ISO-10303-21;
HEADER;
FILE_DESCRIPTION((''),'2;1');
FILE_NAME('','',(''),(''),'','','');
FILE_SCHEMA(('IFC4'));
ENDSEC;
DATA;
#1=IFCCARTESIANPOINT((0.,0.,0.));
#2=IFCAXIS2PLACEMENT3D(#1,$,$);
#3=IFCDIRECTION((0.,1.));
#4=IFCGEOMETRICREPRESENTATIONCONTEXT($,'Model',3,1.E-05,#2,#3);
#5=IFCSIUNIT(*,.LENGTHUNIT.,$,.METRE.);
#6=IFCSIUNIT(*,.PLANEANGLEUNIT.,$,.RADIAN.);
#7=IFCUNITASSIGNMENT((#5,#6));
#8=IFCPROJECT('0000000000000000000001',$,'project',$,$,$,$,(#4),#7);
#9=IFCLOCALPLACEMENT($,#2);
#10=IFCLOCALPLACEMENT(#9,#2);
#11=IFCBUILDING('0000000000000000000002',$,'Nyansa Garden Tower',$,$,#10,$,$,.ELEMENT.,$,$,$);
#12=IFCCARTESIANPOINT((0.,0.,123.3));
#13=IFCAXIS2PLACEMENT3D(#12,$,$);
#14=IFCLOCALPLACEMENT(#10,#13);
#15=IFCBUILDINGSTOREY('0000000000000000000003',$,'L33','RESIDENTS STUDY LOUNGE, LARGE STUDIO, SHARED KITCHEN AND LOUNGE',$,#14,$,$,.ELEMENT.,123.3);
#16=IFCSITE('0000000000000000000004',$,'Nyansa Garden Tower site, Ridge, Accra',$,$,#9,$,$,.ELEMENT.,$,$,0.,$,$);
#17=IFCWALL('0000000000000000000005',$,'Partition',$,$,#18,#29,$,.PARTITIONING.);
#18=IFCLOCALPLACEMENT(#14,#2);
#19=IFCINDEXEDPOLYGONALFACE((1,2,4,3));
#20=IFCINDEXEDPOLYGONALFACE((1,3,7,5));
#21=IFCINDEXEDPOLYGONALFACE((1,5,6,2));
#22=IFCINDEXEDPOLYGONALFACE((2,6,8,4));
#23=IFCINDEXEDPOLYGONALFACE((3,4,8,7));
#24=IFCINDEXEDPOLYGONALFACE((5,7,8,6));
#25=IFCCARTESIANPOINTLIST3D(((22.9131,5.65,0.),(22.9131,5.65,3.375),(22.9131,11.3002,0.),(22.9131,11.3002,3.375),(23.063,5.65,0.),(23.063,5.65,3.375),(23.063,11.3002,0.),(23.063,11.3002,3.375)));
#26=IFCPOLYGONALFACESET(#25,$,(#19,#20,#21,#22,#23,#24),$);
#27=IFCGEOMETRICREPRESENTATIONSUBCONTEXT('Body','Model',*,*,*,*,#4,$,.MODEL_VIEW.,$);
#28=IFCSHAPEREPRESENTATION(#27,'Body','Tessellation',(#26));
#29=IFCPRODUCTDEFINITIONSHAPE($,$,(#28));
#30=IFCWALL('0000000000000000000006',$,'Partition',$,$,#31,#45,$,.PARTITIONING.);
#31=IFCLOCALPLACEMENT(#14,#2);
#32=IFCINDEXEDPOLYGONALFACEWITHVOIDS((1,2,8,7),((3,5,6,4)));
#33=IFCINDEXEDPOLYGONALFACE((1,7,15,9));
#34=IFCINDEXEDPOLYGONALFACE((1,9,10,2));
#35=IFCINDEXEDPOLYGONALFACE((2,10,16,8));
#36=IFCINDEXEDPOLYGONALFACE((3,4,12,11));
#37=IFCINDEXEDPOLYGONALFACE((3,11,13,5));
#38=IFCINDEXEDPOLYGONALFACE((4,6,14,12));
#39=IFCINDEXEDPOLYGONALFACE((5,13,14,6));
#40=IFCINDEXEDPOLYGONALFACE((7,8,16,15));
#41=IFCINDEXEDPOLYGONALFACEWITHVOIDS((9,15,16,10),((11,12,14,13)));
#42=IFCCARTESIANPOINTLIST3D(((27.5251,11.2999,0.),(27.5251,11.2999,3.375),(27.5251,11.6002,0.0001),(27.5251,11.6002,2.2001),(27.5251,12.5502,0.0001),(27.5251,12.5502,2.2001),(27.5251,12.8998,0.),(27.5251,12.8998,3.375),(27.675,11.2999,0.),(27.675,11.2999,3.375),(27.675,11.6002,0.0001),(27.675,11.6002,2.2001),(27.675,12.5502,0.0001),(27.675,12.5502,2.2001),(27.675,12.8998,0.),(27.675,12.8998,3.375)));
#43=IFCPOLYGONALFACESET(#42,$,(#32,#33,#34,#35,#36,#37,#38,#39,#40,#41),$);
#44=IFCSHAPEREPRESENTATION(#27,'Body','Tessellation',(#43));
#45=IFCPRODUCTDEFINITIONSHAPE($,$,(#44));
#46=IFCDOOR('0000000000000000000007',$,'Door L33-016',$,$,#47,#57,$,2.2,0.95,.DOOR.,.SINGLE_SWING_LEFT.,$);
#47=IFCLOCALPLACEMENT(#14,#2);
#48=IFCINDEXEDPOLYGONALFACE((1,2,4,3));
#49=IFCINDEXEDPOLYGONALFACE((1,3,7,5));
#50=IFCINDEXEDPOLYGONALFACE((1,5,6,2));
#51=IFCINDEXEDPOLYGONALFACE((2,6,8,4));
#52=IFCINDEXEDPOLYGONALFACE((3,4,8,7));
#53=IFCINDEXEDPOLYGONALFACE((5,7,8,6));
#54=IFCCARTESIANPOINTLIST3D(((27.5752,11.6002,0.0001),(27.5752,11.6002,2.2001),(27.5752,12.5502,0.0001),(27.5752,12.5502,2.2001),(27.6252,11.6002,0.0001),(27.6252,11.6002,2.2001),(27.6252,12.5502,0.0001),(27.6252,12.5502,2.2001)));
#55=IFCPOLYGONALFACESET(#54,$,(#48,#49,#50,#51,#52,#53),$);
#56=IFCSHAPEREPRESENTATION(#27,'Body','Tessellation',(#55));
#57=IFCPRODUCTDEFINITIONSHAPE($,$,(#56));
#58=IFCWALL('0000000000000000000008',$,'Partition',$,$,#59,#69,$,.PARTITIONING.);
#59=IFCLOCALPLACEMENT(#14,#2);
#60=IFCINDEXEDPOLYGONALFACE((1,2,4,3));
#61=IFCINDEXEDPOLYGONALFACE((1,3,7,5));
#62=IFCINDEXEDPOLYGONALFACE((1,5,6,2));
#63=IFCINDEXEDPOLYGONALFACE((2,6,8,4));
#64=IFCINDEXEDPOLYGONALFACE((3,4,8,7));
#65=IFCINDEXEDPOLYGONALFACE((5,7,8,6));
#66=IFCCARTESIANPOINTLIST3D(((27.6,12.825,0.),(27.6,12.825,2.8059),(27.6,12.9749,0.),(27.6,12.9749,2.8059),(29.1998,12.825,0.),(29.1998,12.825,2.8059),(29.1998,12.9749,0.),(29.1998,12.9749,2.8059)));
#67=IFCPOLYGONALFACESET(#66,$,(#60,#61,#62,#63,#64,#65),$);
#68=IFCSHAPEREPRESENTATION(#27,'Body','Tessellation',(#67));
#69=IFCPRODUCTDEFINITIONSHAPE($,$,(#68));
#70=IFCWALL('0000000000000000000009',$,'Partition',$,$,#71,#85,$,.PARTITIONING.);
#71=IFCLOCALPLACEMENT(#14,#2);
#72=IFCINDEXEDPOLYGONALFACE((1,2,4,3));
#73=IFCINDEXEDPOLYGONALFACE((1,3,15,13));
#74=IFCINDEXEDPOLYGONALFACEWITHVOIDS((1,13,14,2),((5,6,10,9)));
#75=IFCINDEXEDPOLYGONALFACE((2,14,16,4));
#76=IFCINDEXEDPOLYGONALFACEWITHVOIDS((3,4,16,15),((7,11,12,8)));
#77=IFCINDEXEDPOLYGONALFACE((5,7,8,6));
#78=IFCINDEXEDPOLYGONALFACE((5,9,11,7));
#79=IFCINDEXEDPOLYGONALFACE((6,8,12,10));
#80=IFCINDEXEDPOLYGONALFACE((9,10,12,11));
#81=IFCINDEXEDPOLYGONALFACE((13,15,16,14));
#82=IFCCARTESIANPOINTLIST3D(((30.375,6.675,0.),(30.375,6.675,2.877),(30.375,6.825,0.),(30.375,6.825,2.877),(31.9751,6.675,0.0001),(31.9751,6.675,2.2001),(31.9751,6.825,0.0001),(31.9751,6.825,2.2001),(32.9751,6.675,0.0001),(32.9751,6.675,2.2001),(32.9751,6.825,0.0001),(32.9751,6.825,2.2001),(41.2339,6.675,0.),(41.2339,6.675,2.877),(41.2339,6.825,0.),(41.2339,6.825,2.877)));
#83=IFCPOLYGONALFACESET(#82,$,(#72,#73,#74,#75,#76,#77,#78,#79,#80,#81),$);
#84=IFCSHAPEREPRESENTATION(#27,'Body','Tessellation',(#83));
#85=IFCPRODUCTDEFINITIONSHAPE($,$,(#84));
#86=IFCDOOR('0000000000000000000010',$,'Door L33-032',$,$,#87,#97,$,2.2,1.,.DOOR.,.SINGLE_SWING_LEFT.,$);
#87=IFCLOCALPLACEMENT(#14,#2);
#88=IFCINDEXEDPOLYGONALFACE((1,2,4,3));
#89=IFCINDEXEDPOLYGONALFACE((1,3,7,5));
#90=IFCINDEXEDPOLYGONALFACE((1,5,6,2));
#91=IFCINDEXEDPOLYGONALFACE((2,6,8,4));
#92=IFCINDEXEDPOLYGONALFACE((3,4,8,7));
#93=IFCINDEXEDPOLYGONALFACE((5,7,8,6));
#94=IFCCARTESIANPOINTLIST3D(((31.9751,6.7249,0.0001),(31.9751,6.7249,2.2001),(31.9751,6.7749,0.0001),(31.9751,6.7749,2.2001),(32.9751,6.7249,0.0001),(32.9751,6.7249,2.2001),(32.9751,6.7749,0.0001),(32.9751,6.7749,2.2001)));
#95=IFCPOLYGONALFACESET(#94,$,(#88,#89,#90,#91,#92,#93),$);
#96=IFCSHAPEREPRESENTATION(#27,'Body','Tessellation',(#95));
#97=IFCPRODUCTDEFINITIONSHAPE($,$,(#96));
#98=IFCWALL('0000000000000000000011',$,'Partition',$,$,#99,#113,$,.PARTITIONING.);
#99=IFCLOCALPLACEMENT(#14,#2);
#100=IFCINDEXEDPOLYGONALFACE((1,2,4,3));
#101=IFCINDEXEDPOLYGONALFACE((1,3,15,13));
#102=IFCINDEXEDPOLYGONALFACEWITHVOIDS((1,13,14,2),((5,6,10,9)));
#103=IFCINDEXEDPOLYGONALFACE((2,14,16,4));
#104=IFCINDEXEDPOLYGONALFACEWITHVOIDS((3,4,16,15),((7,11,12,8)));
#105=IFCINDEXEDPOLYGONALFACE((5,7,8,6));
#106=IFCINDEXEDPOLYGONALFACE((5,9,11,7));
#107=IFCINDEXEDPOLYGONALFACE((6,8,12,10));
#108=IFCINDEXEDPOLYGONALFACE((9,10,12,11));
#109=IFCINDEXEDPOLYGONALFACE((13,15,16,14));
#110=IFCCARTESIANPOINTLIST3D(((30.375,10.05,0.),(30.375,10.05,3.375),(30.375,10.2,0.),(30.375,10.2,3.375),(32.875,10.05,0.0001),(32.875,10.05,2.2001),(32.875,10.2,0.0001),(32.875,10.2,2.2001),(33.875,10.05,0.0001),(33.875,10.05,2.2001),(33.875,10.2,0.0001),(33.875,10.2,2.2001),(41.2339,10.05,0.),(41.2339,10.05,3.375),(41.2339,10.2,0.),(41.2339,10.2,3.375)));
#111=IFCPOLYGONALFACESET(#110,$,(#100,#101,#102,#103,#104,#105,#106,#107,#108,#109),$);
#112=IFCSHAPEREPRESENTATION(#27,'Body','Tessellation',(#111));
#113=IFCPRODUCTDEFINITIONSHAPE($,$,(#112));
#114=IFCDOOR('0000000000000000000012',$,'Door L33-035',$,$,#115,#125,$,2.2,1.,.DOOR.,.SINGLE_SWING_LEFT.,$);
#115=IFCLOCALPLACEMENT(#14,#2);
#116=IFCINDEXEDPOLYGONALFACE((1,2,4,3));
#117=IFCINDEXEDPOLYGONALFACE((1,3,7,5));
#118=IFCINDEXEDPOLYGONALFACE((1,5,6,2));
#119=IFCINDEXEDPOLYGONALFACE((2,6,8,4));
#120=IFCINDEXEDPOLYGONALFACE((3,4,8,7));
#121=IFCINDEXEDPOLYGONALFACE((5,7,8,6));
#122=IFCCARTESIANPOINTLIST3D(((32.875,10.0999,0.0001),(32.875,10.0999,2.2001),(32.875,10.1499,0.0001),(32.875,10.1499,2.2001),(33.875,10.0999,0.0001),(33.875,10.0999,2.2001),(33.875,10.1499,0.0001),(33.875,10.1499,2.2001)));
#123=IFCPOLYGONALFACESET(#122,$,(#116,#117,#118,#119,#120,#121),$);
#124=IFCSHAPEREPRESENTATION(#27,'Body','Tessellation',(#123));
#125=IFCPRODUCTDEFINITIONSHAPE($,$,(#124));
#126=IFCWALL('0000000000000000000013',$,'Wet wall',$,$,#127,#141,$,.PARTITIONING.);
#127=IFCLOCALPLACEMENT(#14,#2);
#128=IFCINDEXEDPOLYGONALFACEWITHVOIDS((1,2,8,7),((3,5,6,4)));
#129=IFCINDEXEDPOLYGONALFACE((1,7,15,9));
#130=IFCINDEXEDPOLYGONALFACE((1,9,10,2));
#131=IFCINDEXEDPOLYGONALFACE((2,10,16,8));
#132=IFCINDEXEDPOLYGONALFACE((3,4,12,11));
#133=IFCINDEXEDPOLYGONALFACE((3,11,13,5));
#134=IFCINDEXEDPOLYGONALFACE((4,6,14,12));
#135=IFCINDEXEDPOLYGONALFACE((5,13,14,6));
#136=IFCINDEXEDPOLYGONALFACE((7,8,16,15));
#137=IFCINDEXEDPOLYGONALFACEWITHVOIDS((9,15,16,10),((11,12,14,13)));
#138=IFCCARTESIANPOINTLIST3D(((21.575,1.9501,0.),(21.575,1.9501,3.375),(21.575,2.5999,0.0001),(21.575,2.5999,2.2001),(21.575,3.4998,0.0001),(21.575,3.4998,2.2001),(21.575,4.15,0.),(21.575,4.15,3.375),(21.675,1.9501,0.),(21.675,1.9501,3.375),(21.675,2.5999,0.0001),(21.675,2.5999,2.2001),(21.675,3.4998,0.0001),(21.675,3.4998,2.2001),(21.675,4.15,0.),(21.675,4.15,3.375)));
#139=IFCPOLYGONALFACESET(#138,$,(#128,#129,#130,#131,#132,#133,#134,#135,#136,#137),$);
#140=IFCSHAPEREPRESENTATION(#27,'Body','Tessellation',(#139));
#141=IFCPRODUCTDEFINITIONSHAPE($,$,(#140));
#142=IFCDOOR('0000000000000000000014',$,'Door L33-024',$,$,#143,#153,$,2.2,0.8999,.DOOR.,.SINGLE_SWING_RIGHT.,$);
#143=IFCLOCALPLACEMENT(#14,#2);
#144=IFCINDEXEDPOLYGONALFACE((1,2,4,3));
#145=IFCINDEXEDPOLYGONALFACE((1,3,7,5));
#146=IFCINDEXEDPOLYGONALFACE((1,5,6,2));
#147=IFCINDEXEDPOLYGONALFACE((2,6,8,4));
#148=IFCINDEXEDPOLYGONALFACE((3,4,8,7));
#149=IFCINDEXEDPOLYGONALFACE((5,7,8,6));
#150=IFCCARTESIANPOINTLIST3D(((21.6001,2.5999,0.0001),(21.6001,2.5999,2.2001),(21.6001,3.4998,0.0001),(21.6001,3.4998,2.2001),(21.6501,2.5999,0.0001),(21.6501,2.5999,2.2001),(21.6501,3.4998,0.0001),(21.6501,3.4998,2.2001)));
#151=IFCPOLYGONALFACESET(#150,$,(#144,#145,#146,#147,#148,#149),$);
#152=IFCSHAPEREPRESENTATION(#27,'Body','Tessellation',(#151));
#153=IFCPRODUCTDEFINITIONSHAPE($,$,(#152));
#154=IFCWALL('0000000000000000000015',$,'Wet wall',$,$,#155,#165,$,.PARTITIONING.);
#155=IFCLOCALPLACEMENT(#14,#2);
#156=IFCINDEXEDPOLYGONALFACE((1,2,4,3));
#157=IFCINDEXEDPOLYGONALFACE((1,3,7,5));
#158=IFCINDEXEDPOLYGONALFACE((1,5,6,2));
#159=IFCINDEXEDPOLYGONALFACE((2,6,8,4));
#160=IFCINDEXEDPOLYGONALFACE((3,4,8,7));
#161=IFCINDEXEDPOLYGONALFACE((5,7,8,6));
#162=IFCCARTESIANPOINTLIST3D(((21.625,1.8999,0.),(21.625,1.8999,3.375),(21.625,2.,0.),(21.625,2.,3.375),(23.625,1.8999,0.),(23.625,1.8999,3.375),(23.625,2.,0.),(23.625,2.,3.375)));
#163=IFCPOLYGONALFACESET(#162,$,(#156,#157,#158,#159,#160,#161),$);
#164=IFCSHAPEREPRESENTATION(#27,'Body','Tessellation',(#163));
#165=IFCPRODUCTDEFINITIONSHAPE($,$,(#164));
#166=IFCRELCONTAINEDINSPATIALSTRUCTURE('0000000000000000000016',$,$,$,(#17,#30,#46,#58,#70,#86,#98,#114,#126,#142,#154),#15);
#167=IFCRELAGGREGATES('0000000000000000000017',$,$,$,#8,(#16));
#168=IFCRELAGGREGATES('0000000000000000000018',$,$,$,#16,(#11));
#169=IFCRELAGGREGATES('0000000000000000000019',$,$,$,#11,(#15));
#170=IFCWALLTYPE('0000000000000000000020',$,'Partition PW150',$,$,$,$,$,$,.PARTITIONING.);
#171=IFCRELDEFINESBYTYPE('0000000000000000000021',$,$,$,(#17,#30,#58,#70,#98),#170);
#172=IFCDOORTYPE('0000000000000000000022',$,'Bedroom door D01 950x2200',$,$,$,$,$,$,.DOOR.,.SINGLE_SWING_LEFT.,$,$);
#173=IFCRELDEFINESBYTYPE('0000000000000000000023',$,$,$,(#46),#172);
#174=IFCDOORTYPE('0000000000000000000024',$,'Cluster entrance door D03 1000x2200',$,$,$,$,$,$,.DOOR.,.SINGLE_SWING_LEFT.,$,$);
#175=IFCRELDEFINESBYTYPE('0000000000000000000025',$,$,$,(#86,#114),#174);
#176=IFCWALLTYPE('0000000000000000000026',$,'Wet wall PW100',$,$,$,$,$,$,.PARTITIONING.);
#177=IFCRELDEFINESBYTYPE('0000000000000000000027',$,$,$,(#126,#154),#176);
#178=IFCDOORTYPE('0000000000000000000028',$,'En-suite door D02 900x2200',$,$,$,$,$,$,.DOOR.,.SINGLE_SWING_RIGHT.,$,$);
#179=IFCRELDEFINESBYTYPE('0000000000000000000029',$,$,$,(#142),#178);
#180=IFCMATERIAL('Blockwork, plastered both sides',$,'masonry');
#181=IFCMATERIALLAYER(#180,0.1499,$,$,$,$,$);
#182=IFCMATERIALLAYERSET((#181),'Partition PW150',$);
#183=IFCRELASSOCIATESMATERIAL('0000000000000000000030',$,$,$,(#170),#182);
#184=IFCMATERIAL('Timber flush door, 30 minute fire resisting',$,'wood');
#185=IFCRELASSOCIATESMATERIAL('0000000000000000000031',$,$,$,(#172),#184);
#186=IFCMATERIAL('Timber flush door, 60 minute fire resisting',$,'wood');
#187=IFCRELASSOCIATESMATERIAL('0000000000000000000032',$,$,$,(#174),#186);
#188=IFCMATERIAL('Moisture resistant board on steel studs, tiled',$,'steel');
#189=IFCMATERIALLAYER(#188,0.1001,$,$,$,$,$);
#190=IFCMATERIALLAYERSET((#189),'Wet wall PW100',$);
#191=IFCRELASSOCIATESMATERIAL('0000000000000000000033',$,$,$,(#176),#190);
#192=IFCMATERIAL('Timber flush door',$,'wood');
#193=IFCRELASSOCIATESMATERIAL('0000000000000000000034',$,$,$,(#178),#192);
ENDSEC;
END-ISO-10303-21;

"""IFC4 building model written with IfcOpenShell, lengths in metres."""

from ifc_helpers import new_model, si_unit, direction, frame, frame_2d, origin, place, context, subcontext, project, spatial, rectangle, extrude, material, layer, layer_set, type_object, element, fill, save


model = new_model("IFC4")

# Units and contexts
model_context = context("Model", 3, precision=1e-05, world=origin(), true_north=direction((0.0, 1.0)))
body_context = subcontext(model_context, "Body", "Model", "MODEL_VIEW")
ifc_project = project(units=[si_unit("LENGTHUNIT", "METRE"), si_unit("PLANEANGLEUNIT", "RADIAN")], contexts=[model_context])

# Site, building, storey
site_placement = place(None, origin())
site = spatial("IfcSite", under=ifc_project, at=site_placement, Name="Nyansa Garden Tower site, Ridge, Accra", CompositionType="ELEMENT", RefElevation=0.0)
building_placement = place(site_placement, origin())
building = spatial("IfcBuilding", under=site, at=building_placement, Name="Nyansa Garden Tower", CompositionType="ELEMENT")
storey_placement = place(building_placement, frame((0.0, 0.0, 123.3)))
storey = spatial("IfcBuildingStorey", under=building, at=storey_placement, Name="L33", Description="RESIDENTS STUDY LOUNGE, LARGE STUDIO, SHARED KITCHEN AND LOUNGE", CompositionType="ELEMENT", Elevation=123.3)

# Shared definitions
ifc_material_1 = material(Name="Blockwork, plastered both sides", Category="masonry")
ifc_layer_1 = layer(ifc_material_1, 0.1499)
ifc_layer_set_1 = layer_set([ifc_layer_1], Name="Partition PW150")
wall_type_1 = type_object("IfcWallType", Name="Partition PW150", PredefinedType="PARTITIONING", material=ifc_layer_set_1)
ifc_material_2 = material(Name="Timber flush door, 30 minute fire resisting", Category="wood")
door_type_1 = type_object("IfcDoorType", Name="Bedroom door D01 950x2200", OperationType="SINGLE_SWING_LEFT", PredefinedType="DOOR", material=ifc_material_2)

# Wall
wall_1_placement = place(storey_placement, frame((22.988, 5.6499, 0.0), z_axis=(0.0, 0.0, 1.0), x_axis=(0.0, 1.0, 0.0)))
element("IfcWall", 1, at=wall_1_placement, inside=storey, type_object=wall_type_1, Name="Partition", PredefinedType="PARTITIONING", context=body_context, shape_type="SweptSolid", body=[
    extrude(rectangle(XDim=5.6501, YDim=0.1499, at=frame_2d((2.8252, 0.0))), origin(), (0.0, 0.0, 1.0), 3.375),
])

# Wall, opening, door
wall_2_placement = place(storey_placement, frame((27.6001, 11.3, 0.0), z_axis=(0.0, 0.0, 1.0), x_axis=(0.0, 1.0, 0.0)))
wall_2 = element("IfcWall", 2, at=wall_2_placement, inside=storey, type_object=wall_type_1, Name="Partition", PredefinedType="PARTITIONING", context=body_context, shape_type="SweptSolid", body=[
    extrude(rectangle(XDim=1.5999, YDim=0.1499, at=frame_2d((0.7998, 0.0))), origin(), (0.0, 0.0, 1.0), 3.375),
])
opening_1_placement = place(wall_2_placement, frame((0.3, 0.0, 0.0)))
opening_1 = element("IfcOpeningElement", 3, at=opening_1_placement, cuts=wall_2, PredefinedType="OPENING", context=body_context, shape_type="SweptSolid", body=[
    extrude(rectangle(XDim=0.95, YDim=2.2, at=frame_2d((0.4751, 1.1001))), frame((0.0, 0.085, 0.0), z_axis=(0.0, -1.0, 0.0), x_axis=(1.0, 0.0, 0.0)), (0.0, 0.0, 1.0), 0.1699),
])
door_1_placement = place(opening_1_placement, origin())
door_1 = element("IfcDoor", 4, at=door_1_placement, inside=storey, type_object=door_type_1, Name="Door L33-016", OperationType="SINGLE_SWING_LEFT", OverallHeight=2.2, OverallWidth=0.95, PredefinedType="DOOR", context=body_context, shape_type="SweptSolid", body=[
    extrude(rectangle(XDim=0.95, YDim=2.2, at=frame_2d((0.4751, 1.1001))), frame((0.0, 0.0249, 0.0), z_axis=(0.0, -1.0, 0.0), x_axis=(1.0, 0.0, 0.0)), (0.0, 0.0, 1.0), 0.05),
])
fill(opening_1, door_1)

# Wall
wall_3_placement = place(storey_placement, frame((27.6001, 12.8999, 0.0), z_axis=(0.0, 0.0, 1.0), x_axis=(1.0, 0.0, 0.0)))
element("IfcWall", 5, at=wall_3_placement, inside=storey, type_object=wall_type_1, Name="Partition", PredefinedType="PARTITIONING", context=body_context, shape_type="SweptSolid", body=[
    extrude(rectangle(XDim=1.5999, YDim=0.1499, at=frame_2d((0.7998, 0.0))), origin(), (0.0, 0.0, 1.0), 2.8059),
])

# Walls, openings, doors
wall_4_placement = place(storey_placement, frame((30.375, 6.75, 0.0), z_axis=(0.0, 0.0, 1.0), x_axis=(1.0, 0.0, 0.0)))
wall_4 = element("IfcWall", 6, at=wall_4_placement, inside=storey, type_object=wall_type_1, Name="Partition", PredefinedType="PARTITIONING", context=body_context, shape_type="SweptSolid", body=[
    extrude(rectangle(XDim=10.8589, YDim=0.1499, at=frame_2d((5.4294, 0.0))), origin(), (0.0, 0.0, 1.0), 2.877),
])
opening_2_placement = place(wall_4_placement, frame((1.6001, 0.0, 0.0)))
opening_2 = element("IfcOpeningElement", 7, at=opening_2_placement, cuts=wall_4, PredefinedType="OPENING", context=body_context, shape_type="SweptSolid", body=[
    extrude(rectangle(XDim=1.0, YDim=2.2, at=frame_2d((0.5, 1.1001))), frame((0.0, 0.085, 0.0), z_axis=(0.0, -1.0, 0.0), x_axis=(1.0, 0.0, 0.0)), (0.0, 0.0, 1.0), 0.1699),
])
ifc_material_3 = material(Name="Timber flush door, 60 minute fire resisting", Category="wood")
door_type_2 = type_object("IfcDoorType", Name="Cluster entrance door D03 1000x2200", OperationType="SINGLE_SWING_LEFT", PredefinedType="DOOR", material=ifc_material_3)
door_2_placement = place(opening_2_placement, origin())
door_2 = element("IfcDoor", 8, at=door_2_placement, inside=storey, type_object=door_type_2, Name="Door L33-032", OperationType="SINGLE_SWING_LEFT", OverallHeight=2.2, OverallWidth=1.0, PredefinedType="DOOR", context=body_context, shape_type="SweptSolid", body=[
    extrude(rectangle(XDim=1.0, YDim=2.2, at=frame_2d((0.5, 1.1001))), frame((0.0, 0.0249, 0.0), z_axis=(0.0, -1.0, 0.0), x_axis=(1.0, 0.0, 0.0)), (0.0, 0.0, 1.0), 0.05),
])
fill(opening_2, door_2)
wall_5_placement = place(storey_placement, frame((30.375, 10.125, 0.0), z_axis=(0.0, 0.0, 1.0), x_axis=(1.0, 0.0, 0.0)))
wall_5 = element("IfcWall", 9, at=wall_5_placement, inside=storey, type_object=wall_type_1, Name="Partition", PredefinedType="PARTITIONING", context=body_context, shape_type="SweptSolid", body=[
    extrude(rectangle(XDim=10.8589, YDim=0.1499, at=frame_2d((5.4294, 0.0))), origin(), (0.0, 0.0, 1.0), 3.375),
])
opening_3_placement = place(wall_5_placement, frame((2.5, 0.0, 0.0)))
opening_3 = element("IfcOpeningElement", 10, at=opening_3_placement, cuts=wall_5, PredefinedType="OPENING", context=body_context, shape_type="SweptSolid", body=[
    extrude(rectangle(XDim=1.0, YDim=2.2, at=frame_2d((0.5, 1.1001))), frame((0.0, 0.085, 0.0), z_axis=(0.0, -1.0, 0.0), x_axis=(1.0, 0.0, 0.0)), (0.0, 0.0, 1.0), 0.1699),
])
door_3_placement = place(opening_3_placement, origin())
door_3 = element("IfcDoor", 11, at=door_3_placement, inside=storey, type_object=door_type_2, Name="Door L33-035", OperationType="SINGLE_SWING_LEFT", OverallHeight=2.2, OverallWidth=1.0, PredefinedType="DOOR", context=body_context, shape_type="SweptSolid", body=[
    extrude(rectangle(XDim=1.0, YDim=2.2, at=frame_2d((0.5, 1.1001))), frame((0.0, 0.0249, 0.0), z_axis=(0.0, -1.0, 0.0), x_axis=(1.0, 0.0, 0.0)), (0.0, 0.0, 1.0), 0.05),
])
fill(opening_3, door_3)
ifc_material_4 = material(Name="Moisture resistant board on steel studs, tiled", Category="steel")
ifc_layer_2 = layer(ifc_material_4, 0.1001)
ifc_layer_set_2 = layer_set([ifc_layer_2], Name="Wet wall PW100")
wall_type_2 = type_object("IfcWallType", Name="Wet wall PW100", PredefinedType="PARTITIONING", material=ifc_layer_set_2)
wall_6_placement = place(storey_placement, frame((21.625, 1.95, 0.0), z_axis=(0.0, 0.0, 1.0), x_axis=(0.0, 1.0, 0.0)))
wall_6 = element("IfcWall", 12, at=wall_6_placement, inside=storey, type_object=wall_type_2, Name="Wet wall", PredefinedType="PARTITIONING", context=body_context, shape_type="SweptSolid", body=[
    extrude(rectangle(XDim=2.2, YDim=0.1001, at=frame_2d((1.1001, 0.0))), origin(), (0.0, 0.0, 1.0), 3.375),
])
opening_4_placement = place(wall_6_placement, frame((0.6499, 0.0, 0.0)))
opening_4 = element("IfcOpeningElement", 13, at=opening_4_placement, cuts=wall_6, PredefinedType="OPENING", context=body_context, shape_type="SweptSolid", body=[
    extrude(rectangle(XDim=0.8999, YDim=2.2, at=frame_2d((0.45, 1.1001))), frame((0.0, 0.0601, 0.0), z_axis=(0.0, -1.0, 0.0), x_axis=(1.0, 0.0, 0.0)), (0.0, 0.0, 1.0), 0.1201),
])
ifc_material_5 = material(Name="Timber flush door", Category="wood")
door_type_3 = type_object("IfcDoorType", Name="En-suite door D02 900x2200", OperationType="SINGLE_SWING_RIGHT", PredefinedType="DOOR", material=ifc_material_5)
door_4_placement = place(opening_4_placement, origin())
door_4 = element("IfcDoor", 14, at=door_4_placement, inside=storey, type_object=door_type_3, Name="Door L33-024", OperationType="SINGLE_SWING_RIGHT", OverallHeight=2.2, OverallWidth=0.8999, PredefinedType="DOOR", context=body_context, shape_type="SweptSolid", body=[
    extrude(rectangle(XDim=0.8999, YDim=2.2, at=frame_2d((0.45, 1.1001))), frame((0.0, 0.0249, 0.0), z_axis=(0.0, -1.0, 0.0), x_axis=(1.0, 0.0, 0.0)), (0.0, 0.0, 1.0), 0.05),
])
fill(opening_4, door_4)

# Wall
wall_7_placement = place(storey_placement, frame((21.625, 1.95, 0.0), z_axis=(0.0, 0.0, 1.0), x_axis=(1.0, 0.0, 0.0)))
element("IfcWall", 15, at=wall_7_placement, inside=storey, type_object=wall_type_2, Name="Wet wall", PredefinedType="PARTITIONING", context=body_context, shape_type="SweptSolid", body=[
    extrude(rectangle(XDim=2.0, YDim=0.1001, at=frame_2d((1.0, 0.0))), origin(), (0.0, 0.0, 1.0), 3.375),
])

save(model, "model.ifc")
